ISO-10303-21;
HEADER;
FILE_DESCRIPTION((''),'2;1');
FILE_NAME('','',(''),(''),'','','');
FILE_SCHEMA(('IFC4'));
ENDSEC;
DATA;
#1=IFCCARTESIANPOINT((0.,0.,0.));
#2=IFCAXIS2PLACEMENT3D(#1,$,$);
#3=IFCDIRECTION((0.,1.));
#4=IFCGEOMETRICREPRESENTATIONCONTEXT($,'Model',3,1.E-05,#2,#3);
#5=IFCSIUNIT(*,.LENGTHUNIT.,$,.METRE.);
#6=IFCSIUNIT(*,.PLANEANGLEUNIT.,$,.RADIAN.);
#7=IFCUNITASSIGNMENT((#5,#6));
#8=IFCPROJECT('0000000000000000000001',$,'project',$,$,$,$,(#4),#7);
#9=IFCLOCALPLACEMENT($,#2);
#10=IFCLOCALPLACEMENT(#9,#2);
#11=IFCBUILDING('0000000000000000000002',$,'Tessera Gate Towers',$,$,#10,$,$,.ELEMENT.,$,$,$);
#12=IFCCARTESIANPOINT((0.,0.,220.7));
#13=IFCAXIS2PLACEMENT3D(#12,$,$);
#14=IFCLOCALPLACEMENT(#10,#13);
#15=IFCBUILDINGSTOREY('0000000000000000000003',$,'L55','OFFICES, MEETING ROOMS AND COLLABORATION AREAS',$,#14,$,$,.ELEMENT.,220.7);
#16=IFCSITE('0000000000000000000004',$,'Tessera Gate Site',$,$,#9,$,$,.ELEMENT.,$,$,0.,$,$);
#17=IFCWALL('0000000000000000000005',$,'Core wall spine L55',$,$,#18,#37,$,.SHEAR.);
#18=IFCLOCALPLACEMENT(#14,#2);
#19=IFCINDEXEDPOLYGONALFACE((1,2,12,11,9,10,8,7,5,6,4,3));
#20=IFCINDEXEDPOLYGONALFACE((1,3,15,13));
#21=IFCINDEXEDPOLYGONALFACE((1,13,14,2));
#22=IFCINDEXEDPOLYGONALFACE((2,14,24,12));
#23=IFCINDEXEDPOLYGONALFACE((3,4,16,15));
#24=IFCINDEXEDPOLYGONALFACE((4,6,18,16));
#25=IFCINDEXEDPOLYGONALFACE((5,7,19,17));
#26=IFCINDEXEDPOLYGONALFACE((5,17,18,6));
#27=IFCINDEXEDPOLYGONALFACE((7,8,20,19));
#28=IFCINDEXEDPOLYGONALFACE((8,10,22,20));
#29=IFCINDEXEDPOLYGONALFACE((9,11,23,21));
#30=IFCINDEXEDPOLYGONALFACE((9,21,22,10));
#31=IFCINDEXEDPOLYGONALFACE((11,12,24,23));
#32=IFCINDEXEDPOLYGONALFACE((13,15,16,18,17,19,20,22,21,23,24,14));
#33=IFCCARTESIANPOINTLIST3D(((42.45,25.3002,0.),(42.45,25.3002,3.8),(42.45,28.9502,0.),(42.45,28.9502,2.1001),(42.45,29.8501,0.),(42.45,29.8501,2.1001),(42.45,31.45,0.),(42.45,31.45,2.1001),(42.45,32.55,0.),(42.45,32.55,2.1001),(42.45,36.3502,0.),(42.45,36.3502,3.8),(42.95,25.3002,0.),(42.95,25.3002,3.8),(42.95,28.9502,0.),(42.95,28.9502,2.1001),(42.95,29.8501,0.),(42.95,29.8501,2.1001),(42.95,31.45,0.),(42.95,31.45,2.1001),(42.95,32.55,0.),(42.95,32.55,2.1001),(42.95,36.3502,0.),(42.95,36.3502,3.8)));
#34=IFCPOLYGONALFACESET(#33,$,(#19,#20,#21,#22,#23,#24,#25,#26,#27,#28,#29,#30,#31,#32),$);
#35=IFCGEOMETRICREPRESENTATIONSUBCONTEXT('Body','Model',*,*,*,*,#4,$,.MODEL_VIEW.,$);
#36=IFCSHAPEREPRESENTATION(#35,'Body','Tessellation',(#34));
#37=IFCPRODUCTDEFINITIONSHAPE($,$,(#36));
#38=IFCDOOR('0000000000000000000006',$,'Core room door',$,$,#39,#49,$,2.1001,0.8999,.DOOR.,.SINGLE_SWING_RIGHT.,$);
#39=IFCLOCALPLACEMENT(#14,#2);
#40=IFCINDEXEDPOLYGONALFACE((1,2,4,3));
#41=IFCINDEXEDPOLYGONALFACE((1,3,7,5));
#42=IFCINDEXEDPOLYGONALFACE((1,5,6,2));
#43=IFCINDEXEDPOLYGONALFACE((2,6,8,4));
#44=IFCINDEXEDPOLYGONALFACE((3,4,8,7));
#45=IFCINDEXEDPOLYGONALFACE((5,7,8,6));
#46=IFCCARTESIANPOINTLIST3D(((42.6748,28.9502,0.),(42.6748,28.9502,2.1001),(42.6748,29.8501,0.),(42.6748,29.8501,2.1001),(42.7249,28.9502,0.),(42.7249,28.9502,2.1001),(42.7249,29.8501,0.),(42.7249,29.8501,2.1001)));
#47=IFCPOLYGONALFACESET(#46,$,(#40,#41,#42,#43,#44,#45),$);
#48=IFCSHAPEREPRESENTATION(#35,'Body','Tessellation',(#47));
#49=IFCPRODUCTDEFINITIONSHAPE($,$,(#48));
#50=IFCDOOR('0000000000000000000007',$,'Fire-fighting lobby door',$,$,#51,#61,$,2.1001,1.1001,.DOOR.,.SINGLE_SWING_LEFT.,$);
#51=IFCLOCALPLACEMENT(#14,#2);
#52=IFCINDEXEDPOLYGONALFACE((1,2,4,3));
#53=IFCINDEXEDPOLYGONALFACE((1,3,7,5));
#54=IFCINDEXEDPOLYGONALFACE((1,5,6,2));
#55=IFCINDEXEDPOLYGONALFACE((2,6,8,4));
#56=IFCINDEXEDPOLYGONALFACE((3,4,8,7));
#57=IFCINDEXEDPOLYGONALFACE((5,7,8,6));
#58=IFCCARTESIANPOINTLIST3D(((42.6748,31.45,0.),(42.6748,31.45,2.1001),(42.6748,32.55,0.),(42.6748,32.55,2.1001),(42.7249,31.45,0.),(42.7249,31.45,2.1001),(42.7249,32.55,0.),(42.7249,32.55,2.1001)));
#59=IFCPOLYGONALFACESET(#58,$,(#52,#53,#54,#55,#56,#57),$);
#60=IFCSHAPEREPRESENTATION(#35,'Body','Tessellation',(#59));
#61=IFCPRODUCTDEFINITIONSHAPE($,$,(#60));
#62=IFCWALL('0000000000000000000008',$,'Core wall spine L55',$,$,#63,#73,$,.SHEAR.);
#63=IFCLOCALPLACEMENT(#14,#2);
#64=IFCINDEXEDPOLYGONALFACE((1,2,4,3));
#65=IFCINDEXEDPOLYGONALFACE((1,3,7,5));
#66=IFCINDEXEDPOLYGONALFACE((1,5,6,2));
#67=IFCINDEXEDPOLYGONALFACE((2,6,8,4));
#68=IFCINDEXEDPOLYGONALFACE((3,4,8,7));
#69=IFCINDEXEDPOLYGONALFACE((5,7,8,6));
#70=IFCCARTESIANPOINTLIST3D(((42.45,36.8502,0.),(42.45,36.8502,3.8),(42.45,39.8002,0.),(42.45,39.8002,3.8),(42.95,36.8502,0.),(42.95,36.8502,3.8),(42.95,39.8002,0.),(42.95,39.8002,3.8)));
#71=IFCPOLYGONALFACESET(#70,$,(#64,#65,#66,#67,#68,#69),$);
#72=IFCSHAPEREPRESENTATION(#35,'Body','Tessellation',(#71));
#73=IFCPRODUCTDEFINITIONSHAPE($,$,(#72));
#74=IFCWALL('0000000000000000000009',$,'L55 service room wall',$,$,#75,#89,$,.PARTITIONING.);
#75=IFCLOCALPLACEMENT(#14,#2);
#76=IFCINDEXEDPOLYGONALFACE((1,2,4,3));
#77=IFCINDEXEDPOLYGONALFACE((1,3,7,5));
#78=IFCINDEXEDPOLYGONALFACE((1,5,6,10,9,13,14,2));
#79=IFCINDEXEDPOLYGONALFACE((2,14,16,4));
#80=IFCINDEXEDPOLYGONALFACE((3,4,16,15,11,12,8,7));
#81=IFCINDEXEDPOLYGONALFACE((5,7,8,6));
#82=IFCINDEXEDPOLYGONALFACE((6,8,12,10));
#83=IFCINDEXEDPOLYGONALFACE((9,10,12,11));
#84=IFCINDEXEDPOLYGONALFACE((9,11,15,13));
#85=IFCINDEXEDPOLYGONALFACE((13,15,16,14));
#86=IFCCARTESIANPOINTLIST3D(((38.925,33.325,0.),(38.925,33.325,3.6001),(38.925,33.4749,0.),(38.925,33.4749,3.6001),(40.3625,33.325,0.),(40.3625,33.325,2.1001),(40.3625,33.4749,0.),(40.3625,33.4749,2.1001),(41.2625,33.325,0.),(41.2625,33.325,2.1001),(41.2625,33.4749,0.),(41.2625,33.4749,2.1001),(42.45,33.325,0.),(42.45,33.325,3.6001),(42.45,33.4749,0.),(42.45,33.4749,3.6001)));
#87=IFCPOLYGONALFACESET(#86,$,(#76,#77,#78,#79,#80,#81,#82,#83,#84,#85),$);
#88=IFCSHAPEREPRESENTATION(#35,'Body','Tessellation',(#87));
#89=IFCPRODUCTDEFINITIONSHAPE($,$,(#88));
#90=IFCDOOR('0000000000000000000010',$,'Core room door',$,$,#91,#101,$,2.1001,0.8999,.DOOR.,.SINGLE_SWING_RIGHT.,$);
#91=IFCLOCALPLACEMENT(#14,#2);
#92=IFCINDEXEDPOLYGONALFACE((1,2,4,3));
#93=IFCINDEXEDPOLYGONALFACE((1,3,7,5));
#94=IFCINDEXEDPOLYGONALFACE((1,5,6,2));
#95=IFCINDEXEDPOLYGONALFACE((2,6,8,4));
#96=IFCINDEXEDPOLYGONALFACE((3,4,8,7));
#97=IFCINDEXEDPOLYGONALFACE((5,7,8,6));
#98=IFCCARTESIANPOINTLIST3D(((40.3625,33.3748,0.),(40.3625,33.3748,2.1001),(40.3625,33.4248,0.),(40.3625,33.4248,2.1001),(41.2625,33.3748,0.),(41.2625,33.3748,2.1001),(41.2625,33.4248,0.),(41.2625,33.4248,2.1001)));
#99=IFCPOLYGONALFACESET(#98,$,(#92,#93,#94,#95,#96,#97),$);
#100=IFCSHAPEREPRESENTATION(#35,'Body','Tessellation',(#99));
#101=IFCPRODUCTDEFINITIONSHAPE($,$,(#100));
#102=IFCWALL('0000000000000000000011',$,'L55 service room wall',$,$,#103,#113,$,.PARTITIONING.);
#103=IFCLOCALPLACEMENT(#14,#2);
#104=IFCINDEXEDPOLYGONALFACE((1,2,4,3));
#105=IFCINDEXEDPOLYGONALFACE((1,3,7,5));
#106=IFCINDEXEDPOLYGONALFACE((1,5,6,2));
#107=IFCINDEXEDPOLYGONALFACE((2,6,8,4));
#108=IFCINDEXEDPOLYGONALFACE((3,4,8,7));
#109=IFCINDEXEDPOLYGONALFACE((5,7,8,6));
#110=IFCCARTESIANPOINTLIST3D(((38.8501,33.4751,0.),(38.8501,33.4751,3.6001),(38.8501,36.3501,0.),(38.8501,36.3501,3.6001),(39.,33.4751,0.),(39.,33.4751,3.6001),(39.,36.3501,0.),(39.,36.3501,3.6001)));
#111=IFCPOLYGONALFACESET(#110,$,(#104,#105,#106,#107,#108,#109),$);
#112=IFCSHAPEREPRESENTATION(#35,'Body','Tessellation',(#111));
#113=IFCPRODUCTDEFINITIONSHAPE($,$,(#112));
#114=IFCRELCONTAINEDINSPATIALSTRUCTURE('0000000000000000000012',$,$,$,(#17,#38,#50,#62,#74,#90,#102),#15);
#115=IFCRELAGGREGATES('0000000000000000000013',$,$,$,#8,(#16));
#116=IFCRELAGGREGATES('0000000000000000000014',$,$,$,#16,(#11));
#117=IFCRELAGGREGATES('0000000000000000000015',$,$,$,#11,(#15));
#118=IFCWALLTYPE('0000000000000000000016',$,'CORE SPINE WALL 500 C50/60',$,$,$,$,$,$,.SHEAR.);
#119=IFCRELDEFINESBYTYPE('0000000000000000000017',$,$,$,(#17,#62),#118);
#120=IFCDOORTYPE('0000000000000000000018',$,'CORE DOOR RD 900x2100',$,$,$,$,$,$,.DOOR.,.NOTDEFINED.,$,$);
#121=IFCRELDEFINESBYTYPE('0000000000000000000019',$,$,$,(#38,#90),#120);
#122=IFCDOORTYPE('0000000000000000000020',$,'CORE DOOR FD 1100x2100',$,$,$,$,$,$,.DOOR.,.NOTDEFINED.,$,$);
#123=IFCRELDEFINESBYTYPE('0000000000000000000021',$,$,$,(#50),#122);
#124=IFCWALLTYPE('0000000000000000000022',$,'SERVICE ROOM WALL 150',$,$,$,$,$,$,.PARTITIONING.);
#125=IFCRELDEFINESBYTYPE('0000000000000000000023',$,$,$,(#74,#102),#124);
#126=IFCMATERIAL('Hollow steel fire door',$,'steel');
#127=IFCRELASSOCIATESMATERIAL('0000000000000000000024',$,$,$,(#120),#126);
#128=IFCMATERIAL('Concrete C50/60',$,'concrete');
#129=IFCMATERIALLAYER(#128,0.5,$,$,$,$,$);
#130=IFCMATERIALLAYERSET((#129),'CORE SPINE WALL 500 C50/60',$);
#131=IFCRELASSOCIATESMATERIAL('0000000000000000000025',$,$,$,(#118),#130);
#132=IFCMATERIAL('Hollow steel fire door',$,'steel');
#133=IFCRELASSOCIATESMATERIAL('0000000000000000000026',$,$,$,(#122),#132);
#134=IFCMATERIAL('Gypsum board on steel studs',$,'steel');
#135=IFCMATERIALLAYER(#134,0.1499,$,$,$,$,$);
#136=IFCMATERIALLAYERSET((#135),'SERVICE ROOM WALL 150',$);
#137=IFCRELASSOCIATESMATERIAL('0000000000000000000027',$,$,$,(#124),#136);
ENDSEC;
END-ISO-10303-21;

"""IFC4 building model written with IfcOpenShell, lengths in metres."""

from ifc_helpers import new_model, si_unit, direction, frame, frame_2d, origin, place, context, subcontext, project, spatial, rectangle, extrude, source, transform, mapped, material, layer, layer_set, type_object, element, fill, save


model = new_model("IFC4")

# Units and contexts
model_context = context("Model", 3, precision=1e-05, world=origin(), true_north=direction((0.0, 1.0)))
body_context = subcontext(model_context, "Body", "Model", "MODEL_VIEW")
ifc_project = project(units=[si_unit("LENGTHUNIT", "METRE"), si_unit("PLANEANGLEUNIT", "RADIAN")], contexts=[model_context])

# Site, building, storey
site_placement = place(None, origin())
site = spatial("IfcSite", under=ifc_project, at=site_placement, Name="Tessera Gate Site", CompositionType="ELEMENT", RefElevation=0.0)
building_placement = place(site_placement, origin())
building = spatial("IfcBuilding", under=site, at=building_placement, Name="Tessera Gate Towers", CompositionType="ELEMENT")
storey_placement = place(building_placement, frame((0.0, 0.0, 220.7)))
storey = spatial("IfcBuildingStorey", under=building, at=storey_placement, Name="L55", Description="OFFICES, MEETING ROOMS AND COLLABORATION AREAS", CompositionType="ELEMENT", Elevation=220.7)

# Shared definitions
shared_shape_1 = source(origin(), body_context, "Body", "SweptSolid", [
    extrude(rectangle(XDim=1.1001, YDim=2.1001, at=frame_2d((0.55, 1.05))), frame((0.0, 0.0249, 0.0), z_axis=(0.0, -1.0, 0.0), x_axis=(1.0, 0.0, 0.0)), (0.0, 0.0, 1.0), 0.05),
])

# Shared definitions
ifc_material_1 = material(Name="Hollow steel fire door", Category="steel")
door_type_1 = type_object("IfcDoorType", Name="CORE DOOR RD 900x2100", OperationType="NOTDEFINED", PredefinedType="DOOR", material=ifc_material_1)
shared_shape_2 = source(origin(), body_context, "Body", "SweptSolid", [
    extrude(rectangle(XDim=0.8999, YDim=2.1001, at=frame_2d((0.45, 1.05))), frame((0.0, 0.0249, 0.0), z_axis=(0.0, -1.0, 0.0), x_axis=(1.0, 0.0, 0.0)), (0.0, 0.0, 1.0), 0.05),
])

# Shared definitions
ifc_material_2 = material(Name="Concrete C50/60", Category="concrete")
ifc_layer_1 = layer(ifc_material_2, 0.5)
ifc_layer_set_1 = layer_set([ifc_layer_1], Name="CORE SPINE WALL 500 C50/60")
wall_type_1 = type_object("IfcWallType", Name="CORE SPINE WALL 500 C50/60", PredefinedType="SHEAR", material=ifc_layer_set_1)

# Wall, openings, doors
wall_1_placement = place(storey_placement, frame((42.7, 36.3501, 0.0), z_axis=(0.0, 0.0, 1.0), x_axis=(0.0, -1.0, 0.0)))
wall_1 = element("IfcWall", 1, at=wall_1_placement, inside=storey, type_object=wall_type_1, Name="Core wall spine L55", PredefinedType="SHEAR", context=body_context, shape_type="SweptSolid", body=[
    extrude(rectangle(XDim=11.05, YDim=0.5, at=frame_2d((5.5249, 0.0))), origin(), (0.0, 0.0, 1.0), 3.8),
])
shared_shape_3 = source(origin(), body_context, "Body", "SweptSolid", [
    extrude(rectangle(XDim=0.8999, YDim=2.1001, at=frame_2d((0.45, 1.05))), frame((0.0, 0.26, 0.0), z_axis=(0.0, -1.0, 0.0), x_axis=(1.0, 0.0, 0.0)), (0.0, 0.0, 1.0), 0.52),
])
opening_1_placement = place(wall_1_placement, frame((6.5, 0.0, 0.0)))
opening_1 = element("IfcOpeningElement", 2, at=opening_1_placement, cuts=wall_1, PredefinedType="OPENING", context=body_context, shape_type="MappedRepresentation", body=[
    mapped(shared_shape_3, transform((0.0, 0.0, 0.0), scale=1.0)),
])
shared_shape_4 = source(origin(), body_context, "Body", "SweptSolid", [
    extrude(rectangle(XDim=1.1001, YDim=2.1001, at=frame_2d((0.55, 1.05))), frame((0.0, 0.26, 0.0), z_axis=(0.0, -1.0, 0.0), x_axis=(1.0, 0.0, 0.0)), (0.0, 0.0, 1.0), 0.52),
])
opening_2_placement = place(wall_1_placement, frame((3.8, 0.0, 0.0)))
opening_2 = element("IfcOpeningElement", 3, at=opening_2_placement, cuts=wall_1, PredefinedType="OPENING", context=body_context, shape_type="MappedRepresentation", body=[
    mapped(shared_shape_4, transform((0.0, 0.0, 0.0), scale=1.0)),
])
door_1_placement = place(opening_1_placement, origin())
door_1 = element("IfcDoor", 4, at=door_1_placement, inside=storey, type_object=door_type_1, Name="Core room door", OperationType="SINGLE_SWING_RIGHT", OverallHeight=2.1001, OverallWidth=0.8999, PredefinedType="DOOR", context=body_context, shape_type="MappedRepresentation", body=[
    mapped(shared_shape_2, transform((0.0, 0.0, 0.0), scale=1.0)),
])
fill(opening_1, door_1)
ifc_material_3 = material(Name="Hollow steel fire door", Category="steel")
door_type_2 = type_object("IfcDoorType", Name="CORE DOOR FD 1100x2100", OperationType="NOTDEFINED", PredefinedType="DOOR", material=ifc_material_3)
door_2_placement = place(opening_2_placement, origin())
door_2 = element("IfcDoor", 5, at=door_2_placement, inside=storey, type_object=door_type_2, Name="Fire-fighting lobby door", OperationType="SINGLE_SWING_LEFT", OverallHeight=2.1001, OverallWidth=1.1001, PredefinedType="DOOR", context=body_context, shape_type="MappedRepresentation", body=[
    mapped(shared_shape_1, transform((0.0, 0.0, 0.0), scale=1.0)),
])
fill(opening_2, door_2)

# Wall
wall_2_placement = place(storey_placement, frame((42.7, 36.8501, 0.0), z_axis=(0.0, 0.0, 1.0), x_axis=(0.0, 1.0, 0.0)))
element("IfcWall", 6, at=wall_2_placement, inside=storey, type_object=wall_type_1, Name="Core wall spine L55", PredefinedType="SHEAR", context=body_context, shape_type="SweptSolid", body=[
    extrude(rectangle(XDim=2.95, YDim=0.5, at=frame_2d((1.4751, 0.0))), origin(), (0.0, 0.0, 1.0), 3.8),
])

# Wall, opening, door
ifc_material_4 = material(Name="Gypsum board on steel studs", Category="steel")
ifc_layer_2 = layer(ifc_material_4, 0.1499)
ifc_layer_set_2 = layer_set([ifc_layer_2], Name="SERVICE ROOM WALL 150")
wall_type_2 = type_object("IfcWallType", Name="SERVICE ROOM WALL 150", PredefinedType="PARTITIONING", material=ifc_layer_set_2)
wall_3_placement = place(storey_placement, frame((38.925, 33.3999, 0.0), z_axis=(0.0, 0.0, 1.0), x_axis=(1.0, 0.0, 0.0)))
wall_3 = element("IfcWall", 7, at=wall_3_placement, inside=storey, type_object=wall_type_2, Name="L55 service room wall", PredefinedType="PARTITIONING", context=body_context, shape_type="SweptSolid", body=[
    extrude(rectangle(XDim=3.5249, YDim=0.1499, at=frame_2d((1.7625, 0.0))), origin(), (0.0, 0.0, 1.0), 3.6001),
])
shared_shape_5 = source(origin(), body_context, "Body", "SweptSolid", [
    extrude(rectangle(XDim=0.8999, YDim=2.1001, at=frame_2d((0.45, 1.05))), frame((0.0, 0.085, 0.0), z_axis=(0.0, -1.0, 0.0), x_axis=(1.0, 0.0, 0.0)), (0.0, 0.0, 1.0), 0.1699),
])
opening_3_placement = place(wall_3_placement, frame((1.4375, 0.0, 0.0)))
opening_3 = element("IfcOpeningElement", 8, at=opening_3_placement, cuts=wall_3, PredefinedType="OPENING", context=body_context, shape_type="MappedRepresentation", body=[
    mapped(shared_shape_5, transform((0.0, 0.0, 0.0), scale=1.0)),
])
door_3_placement = place(opening_3_placement, origin())
door_3 = element("IfcDoor", 9, at=door_3_placement, inside=storey, type_object=door_type_1, Name="Core room door", OperationType="SINGLE_SWING_RIGHT", OverallHeight=2.1001, OverallWidth=0.8999, PredefinedType="DOOR", context=body_context, shape_type="MappedRepresentation", body=[
    mapped(shared_shape_2, transform((0.0, 0.0, 0.0), scale=1.0)),
])
fill(opening_3, door_3)

# Wall
wall_4_placement = place(storey_placement, frame((38.925, 33.4751, 0.0), z_axis=(0.0, 0.0, 1.0), x_axis=(0.0, 1.0, 0.0)))
element("IfcWall", 10, at=wall_4_placement, inside=storey, type_object=wall_type_2, Name="L55 service room wall", PredefinedType="PARTITIONING", context=body_context, shape_type="SweptSolid", body=[
    extrude(rectangle(XDim=2.875, YDim=0.1499, at=frame_2d((1.4375, 0.0))), origin(), (0.0, 0.0, 1.0), 3.6001),
])

save(model, "model.ifc")
